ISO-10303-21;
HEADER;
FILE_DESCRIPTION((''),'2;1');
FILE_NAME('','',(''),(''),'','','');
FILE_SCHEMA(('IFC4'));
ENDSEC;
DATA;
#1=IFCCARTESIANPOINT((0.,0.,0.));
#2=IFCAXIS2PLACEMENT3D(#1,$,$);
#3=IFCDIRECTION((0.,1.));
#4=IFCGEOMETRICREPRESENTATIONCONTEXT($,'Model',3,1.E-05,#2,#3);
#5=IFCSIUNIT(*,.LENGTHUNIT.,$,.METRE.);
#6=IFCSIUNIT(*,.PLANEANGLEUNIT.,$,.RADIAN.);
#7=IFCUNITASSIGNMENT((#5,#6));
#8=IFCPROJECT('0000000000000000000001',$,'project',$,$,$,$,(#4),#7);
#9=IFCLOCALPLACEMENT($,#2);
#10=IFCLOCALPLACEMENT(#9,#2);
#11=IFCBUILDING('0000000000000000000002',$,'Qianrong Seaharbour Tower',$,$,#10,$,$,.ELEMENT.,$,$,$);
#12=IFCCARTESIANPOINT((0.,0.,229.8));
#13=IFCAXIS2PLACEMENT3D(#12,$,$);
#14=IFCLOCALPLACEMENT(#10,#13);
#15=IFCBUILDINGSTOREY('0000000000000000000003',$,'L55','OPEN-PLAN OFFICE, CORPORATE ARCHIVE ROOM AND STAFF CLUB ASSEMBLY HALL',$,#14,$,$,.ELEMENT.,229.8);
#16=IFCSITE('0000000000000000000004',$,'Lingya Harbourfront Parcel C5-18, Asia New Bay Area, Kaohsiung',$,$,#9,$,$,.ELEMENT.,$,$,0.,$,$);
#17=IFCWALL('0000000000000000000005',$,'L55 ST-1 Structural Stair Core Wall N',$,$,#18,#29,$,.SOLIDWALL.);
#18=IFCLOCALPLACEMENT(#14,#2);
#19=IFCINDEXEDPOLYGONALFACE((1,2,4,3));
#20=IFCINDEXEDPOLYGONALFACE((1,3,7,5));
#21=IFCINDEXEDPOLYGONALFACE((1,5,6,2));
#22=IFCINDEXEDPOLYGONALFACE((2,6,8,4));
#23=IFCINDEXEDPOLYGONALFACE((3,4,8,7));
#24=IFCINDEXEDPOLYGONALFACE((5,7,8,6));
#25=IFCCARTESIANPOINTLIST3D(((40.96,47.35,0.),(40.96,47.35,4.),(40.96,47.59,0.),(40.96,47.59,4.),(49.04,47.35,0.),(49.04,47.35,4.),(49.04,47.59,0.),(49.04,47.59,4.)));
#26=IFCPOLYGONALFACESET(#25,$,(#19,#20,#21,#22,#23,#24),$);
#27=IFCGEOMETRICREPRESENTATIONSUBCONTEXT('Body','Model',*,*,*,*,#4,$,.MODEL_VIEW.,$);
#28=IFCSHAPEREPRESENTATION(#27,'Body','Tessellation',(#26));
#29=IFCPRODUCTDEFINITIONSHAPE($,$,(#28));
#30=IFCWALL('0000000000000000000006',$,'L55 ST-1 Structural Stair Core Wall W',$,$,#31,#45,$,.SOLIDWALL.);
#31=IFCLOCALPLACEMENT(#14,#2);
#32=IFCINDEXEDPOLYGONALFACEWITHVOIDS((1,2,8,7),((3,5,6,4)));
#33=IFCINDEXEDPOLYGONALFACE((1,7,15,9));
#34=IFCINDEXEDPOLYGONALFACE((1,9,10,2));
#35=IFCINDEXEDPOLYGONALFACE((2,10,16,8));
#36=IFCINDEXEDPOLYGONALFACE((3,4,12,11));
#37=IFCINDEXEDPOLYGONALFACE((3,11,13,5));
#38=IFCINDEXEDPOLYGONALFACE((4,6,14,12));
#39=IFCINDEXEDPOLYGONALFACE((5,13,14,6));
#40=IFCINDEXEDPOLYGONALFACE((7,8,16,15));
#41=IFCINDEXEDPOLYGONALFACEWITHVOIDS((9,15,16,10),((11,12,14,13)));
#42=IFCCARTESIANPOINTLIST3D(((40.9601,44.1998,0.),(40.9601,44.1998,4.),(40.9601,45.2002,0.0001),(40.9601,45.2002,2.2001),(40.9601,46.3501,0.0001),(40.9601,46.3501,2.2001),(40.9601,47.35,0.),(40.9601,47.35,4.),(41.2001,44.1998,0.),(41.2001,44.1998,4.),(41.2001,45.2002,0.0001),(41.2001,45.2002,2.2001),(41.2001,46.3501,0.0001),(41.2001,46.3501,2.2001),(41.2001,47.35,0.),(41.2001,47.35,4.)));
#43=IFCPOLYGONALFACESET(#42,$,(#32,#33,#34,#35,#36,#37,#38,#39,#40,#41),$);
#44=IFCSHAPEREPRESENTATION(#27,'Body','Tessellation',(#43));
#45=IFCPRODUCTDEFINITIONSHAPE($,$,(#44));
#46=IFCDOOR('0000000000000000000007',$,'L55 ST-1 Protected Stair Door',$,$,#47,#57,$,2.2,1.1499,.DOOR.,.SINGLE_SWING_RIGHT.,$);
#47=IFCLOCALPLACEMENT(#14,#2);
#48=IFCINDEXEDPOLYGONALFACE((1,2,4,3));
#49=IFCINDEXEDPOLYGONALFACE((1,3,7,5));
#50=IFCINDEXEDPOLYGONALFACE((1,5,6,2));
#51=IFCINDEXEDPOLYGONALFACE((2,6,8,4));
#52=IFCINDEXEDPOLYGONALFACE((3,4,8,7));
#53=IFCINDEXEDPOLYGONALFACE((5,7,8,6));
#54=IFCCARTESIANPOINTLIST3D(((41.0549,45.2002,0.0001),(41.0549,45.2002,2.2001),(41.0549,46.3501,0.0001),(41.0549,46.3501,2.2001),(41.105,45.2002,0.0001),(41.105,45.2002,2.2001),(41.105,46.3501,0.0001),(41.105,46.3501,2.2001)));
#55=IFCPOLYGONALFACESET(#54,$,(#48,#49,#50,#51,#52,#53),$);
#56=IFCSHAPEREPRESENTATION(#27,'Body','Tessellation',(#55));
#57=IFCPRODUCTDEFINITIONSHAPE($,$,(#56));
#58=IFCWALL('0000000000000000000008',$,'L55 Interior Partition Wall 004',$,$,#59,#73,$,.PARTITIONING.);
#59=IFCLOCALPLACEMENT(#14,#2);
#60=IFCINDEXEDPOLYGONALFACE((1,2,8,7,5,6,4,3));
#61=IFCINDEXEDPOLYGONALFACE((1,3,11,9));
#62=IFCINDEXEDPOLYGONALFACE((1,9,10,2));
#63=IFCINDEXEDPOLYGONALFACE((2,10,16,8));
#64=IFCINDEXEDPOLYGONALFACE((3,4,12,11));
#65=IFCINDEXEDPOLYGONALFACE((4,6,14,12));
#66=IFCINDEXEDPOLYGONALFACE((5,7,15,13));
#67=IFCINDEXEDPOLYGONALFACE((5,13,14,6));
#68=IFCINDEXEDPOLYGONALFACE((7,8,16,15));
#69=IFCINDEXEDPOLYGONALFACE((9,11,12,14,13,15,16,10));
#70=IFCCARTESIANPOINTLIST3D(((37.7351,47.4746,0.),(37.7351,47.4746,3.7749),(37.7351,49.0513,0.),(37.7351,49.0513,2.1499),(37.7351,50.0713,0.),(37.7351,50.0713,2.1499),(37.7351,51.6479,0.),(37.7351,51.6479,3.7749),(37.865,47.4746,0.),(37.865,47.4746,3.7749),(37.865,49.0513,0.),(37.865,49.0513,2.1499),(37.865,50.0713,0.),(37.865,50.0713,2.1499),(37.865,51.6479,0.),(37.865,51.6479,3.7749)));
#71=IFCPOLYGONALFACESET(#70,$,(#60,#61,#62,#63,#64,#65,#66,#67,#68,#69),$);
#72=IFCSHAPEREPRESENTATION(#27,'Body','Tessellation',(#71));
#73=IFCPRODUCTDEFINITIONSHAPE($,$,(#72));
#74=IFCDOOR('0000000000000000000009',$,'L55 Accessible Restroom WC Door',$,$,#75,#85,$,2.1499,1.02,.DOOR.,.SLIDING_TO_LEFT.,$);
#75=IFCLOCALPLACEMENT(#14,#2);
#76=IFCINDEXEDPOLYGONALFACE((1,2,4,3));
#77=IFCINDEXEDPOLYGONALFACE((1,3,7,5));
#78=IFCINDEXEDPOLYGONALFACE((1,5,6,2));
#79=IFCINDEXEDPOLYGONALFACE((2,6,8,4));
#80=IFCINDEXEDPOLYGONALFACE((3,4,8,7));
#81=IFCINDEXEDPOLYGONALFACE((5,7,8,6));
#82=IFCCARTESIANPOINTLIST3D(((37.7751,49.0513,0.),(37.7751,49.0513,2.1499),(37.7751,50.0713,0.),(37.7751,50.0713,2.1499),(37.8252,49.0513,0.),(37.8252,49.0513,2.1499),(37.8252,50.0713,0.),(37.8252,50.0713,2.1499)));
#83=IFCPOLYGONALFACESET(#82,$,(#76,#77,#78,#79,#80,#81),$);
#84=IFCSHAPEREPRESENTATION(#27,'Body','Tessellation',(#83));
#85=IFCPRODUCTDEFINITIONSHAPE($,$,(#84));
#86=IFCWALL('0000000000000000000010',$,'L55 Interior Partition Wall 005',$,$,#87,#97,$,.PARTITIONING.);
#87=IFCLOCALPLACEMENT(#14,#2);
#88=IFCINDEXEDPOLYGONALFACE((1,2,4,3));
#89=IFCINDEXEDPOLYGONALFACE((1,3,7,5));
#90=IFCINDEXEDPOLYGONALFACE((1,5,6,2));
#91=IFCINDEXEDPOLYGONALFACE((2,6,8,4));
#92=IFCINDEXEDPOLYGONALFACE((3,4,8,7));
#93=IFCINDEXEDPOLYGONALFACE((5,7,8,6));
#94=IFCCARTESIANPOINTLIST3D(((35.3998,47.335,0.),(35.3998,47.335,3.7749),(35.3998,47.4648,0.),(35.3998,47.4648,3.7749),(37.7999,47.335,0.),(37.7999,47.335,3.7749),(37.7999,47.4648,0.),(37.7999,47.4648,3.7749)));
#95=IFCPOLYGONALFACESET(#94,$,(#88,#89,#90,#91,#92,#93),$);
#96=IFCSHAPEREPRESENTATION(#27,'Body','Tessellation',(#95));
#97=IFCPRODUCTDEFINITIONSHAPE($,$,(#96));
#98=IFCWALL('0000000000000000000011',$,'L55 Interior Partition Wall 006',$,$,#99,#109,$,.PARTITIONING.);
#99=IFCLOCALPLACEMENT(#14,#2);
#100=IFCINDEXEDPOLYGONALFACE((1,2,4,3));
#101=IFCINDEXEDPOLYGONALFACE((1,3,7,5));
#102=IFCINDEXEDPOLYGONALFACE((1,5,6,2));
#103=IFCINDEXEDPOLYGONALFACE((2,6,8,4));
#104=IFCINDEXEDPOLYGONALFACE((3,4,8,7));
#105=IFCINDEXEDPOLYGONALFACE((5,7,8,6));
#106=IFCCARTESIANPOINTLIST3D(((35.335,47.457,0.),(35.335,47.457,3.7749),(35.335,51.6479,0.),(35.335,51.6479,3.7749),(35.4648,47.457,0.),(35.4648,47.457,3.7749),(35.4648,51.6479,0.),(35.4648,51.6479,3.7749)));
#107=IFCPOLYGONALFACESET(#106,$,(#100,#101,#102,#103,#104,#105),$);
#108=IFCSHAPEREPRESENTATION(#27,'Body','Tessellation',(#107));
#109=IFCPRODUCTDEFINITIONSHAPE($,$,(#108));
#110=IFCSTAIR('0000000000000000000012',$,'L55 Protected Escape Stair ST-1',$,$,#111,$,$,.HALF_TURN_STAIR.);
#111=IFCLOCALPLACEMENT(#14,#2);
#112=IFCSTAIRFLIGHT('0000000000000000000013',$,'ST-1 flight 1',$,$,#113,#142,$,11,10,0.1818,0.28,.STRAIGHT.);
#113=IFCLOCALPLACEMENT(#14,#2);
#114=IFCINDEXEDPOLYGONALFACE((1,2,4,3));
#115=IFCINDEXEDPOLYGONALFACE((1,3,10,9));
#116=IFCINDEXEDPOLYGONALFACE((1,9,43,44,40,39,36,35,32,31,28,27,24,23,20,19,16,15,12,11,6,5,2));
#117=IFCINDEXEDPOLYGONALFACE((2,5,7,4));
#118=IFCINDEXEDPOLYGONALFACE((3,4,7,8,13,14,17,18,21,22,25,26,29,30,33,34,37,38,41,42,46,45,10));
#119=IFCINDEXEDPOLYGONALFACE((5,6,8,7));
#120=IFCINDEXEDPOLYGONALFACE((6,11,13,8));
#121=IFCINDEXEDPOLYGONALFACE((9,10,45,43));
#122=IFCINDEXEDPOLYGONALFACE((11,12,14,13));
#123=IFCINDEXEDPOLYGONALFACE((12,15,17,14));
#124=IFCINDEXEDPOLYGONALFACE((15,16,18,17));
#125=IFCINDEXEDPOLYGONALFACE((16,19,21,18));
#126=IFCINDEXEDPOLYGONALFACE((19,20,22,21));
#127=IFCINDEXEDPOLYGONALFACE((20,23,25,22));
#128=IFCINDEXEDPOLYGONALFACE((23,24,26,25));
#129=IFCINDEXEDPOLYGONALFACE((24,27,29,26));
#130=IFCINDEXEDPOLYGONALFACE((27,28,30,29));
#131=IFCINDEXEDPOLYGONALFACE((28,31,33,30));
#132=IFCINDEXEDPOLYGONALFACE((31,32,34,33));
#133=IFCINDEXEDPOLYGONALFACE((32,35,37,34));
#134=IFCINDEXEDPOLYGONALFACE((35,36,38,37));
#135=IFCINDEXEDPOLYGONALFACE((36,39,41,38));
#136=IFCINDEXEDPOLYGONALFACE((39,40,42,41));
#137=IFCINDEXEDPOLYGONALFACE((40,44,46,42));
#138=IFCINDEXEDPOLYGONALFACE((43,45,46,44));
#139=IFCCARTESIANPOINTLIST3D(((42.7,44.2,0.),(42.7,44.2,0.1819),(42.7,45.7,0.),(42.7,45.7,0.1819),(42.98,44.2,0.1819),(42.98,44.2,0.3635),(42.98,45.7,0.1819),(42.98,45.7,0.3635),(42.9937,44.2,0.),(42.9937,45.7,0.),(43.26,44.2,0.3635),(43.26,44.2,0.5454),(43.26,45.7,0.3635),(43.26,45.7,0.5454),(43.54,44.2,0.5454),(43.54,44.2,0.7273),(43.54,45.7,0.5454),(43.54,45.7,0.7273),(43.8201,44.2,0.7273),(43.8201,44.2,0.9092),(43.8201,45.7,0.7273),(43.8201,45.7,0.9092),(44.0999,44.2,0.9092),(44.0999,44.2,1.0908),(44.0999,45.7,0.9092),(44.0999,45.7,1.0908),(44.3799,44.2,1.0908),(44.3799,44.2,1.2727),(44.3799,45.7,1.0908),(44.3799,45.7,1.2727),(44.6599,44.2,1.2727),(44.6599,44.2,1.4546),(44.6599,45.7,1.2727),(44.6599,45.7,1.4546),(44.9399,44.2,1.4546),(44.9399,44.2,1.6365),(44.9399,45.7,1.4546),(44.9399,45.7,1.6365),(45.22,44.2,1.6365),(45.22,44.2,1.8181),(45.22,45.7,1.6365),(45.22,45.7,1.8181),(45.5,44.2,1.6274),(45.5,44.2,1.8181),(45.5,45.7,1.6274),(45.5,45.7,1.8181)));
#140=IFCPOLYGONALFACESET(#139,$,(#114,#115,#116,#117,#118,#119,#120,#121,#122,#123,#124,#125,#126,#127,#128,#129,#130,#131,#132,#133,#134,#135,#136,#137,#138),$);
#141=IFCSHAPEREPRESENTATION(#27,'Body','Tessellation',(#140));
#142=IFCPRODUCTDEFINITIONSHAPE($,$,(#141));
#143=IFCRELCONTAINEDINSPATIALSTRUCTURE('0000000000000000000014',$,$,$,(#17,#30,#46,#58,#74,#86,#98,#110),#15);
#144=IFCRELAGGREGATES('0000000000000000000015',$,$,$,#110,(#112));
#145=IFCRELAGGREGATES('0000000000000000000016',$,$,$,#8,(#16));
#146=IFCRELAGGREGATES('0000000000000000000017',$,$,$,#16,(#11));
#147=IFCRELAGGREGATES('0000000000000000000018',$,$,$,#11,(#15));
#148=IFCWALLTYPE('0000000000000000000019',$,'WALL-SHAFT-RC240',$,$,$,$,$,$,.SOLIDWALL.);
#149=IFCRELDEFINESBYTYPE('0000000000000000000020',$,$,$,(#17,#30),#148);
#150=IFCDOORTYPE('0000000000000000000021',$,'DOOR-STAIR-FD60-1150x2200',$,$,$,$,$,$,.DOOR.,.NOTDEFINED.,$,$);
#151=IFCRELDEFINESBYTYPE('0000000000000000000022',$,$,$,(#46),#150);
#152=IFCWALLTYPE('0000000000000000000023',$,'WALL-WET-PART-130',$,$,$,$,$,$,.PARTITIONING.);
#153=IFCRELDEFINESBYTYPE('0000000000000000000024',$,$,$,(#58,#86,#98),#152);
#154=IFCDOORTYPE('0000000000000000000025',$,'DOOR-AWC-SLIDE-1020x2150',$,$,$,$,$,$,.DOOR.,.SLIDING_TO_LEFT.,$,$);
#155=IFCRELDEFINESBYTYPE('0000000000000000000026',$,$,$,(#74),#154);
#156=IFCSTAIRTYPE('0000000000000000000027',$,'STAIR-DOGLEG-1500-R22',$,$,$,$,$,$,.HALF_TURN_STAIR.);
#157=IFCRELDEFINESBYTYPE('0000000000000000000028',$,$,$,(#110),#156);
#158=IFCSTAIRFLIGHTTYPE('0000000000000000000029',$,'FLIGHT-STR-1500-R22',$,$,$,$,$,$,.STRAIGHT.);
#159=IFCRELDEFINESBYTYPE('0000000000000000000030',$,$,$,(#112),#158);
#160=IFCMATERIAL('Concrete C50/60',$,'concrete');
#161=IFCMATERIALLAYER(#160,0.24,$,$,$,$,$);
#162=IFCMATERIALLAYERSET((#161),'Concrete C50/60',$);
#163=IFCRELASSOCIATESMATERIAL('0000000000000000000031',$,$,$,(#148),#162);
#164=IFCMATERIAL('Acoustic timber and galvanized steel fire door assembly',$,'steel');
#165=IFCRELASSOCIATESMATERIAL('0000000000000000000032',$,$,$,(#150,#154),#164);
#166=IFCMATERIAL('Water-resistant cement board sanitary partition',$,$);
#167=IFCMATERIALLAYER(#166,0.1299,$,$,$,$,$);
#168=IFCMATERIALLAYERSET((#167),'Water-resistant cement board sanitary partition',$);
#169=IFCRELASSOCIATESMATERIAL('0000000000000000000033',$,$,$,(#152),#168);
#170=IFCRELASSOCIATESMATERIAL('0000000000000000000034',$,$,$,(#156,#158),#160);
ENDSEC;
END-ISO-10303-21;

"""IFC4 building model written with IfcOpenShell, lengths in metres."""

from ifc_helpers import new_model, si_unit, direction, frame, frame_2d, origin, place, context, subcontext, project, spatial, polyline, rectangle, outline, extrude, material, layer, layer_set, type_object, element, fill, aggregate, save


model = new_model("IFC4")

# Units and contexts
model_context = context("Model", 3, precision=1e-05, world=origin(), true_north=direction((0.0, 1.0)))
body_context = subcontext(model_context, "Body", "Model", "MODEL_VIEW")
ifc_project = project(units=[si_unit("LENGTHUNIT", "METRE"), si_unit("PLANEANGLEUNIT", "RADIAN")], contexts=[model_context])

# Site, building, storey
site_placement = place(None, origin())
site = spatial("IfcSite", under=ifc_project, at=site_placement, Name="Lingya Harbourfront Parcel C5-18, Asia New Bay Area, Kaohsiung", CompositionType="ELEMENT", RefElevation=0.0)
building_placement = place(site_placement, origin())
building = spatial("IfcBuilding", under=site, at=building_placement, Name="Qianrong Seaharbour Tower", CompositionType="ELEMENT")
storey_placement = place(building_placement, frame((0.0, 0.0, 229.8)))
storey = spatial("IfcBuildingStorey", under=building, at=storey_placement, Name="L55", Description="OPEN-PLAN OFFICE, CORPORATE ARCHIVE ROOM AND STAFF CLUB ASSEMBLY HALL", CompositionType="ELEMENT", Elevation=229.8)

# Shared definitions
ifc_material_1 = material(Name="Acoustic timber and galvanized steel fire door assembly", Category="steel")

# Wall
ifc_material_2 = material(Name="Concrete C50/60", Category="concrete")
ifc_layer_1 = layer(ifc_material_2, 0.24)
ifc_layer_set_1 = layer_set([ifc_layer_1], Name="Concrete C50/60")
wall_type_1 = type_object("IfcWallType", Name="WALL-SHAFT-RC240", PredefinedType="SOLIDWALL", material=ifc_layer_set_1)
wall_1_placement = place(storey_placement, frame((40.96, 47.47, 0.0), z_axis=(0.0, 0.0, 1.0), x_axis=(1.0, 0.0, 0.0)))
element("IfcWall", 1, at=wall_1_placement, inside=storey, type_object=wall_type_1, Name="L55 ST-1 Structural Stair Core Wall N", PredefinedType="SOLIDWALL", context=body_context, shape_type="SweptSolid", body=[
    extrude(rectangle(XDim=8.0801, YDim=0.24, at=frame_2d((4.04, 0.0))), origin(), (0.0, 0.0, 1.0), 4.0),
])

# Walls, openings, doors
wall_2_placement = place(storey_placement, frame((41.0801, 47.3501, 0.0), z_axis=(0.0, 0.0, 1.0), x_axis=(0.0, -1.0, 0.0)))
wall_2 = element("IfcWall", 2, at=wall_2_placement, inside=storey, type_object=wall_type_1, Name="L55 ST-1 Structural Stair Core Wall W", PredefinedType="SOLIDWALL", context=body_context, shape_type="SweptSolid", body=[
    extrude(rectangle(XDim=3.1501, YDim=0.24, at=frame_2d((1.5752, 0.0))), origin(), (0.0, 0.0, 1.0), 4.0),
])
opening_1_placement = place(wall_2_placement, frame((1.0, 0.0, 0.0)))
opening_1 = element("IfcOpeningElement", 3, at=opening_1_placement, cuts=wall_2, PredefinedType="OPENING", context=body_context, shape_type="SweptSolid", body=[
    extrude(rectangle(XDim=1.1499, YDim=2.2, at=frame_2d((0.575, 1.1001))), frame((0.0, 0.1299, 0.0), z_axis=(0.0, -1.0, 0.0), x_axis=(1.0, 0.0, 0.0)), (0.0, 0.0, 1.0), 0.26),
])
door_type_1 = type_object("IfcDoorType", Name="DOOR-STAIR-FD60-1150x2200", OperationType="NOTDEFINED", PredefinedType="DOOR", material=ifc_material_1)
door_1_placement = place(opening_1_placement, origin())
door_1 = element("IfcDoor", 4, at=door_1_placement, inside=storey, type_object=door_type_1, Name="L55 ST-1 Protected Stair Door", OperationType="SINGLE_SWING_RIGHT", OverallHeight=2.2, OverallWidth=1.1499, PredefinedType="DOOR", context=body_context, shape_type="SweptSolid", body=[
    extrude(rectangle(XDim=1.1499, YDim=2.2, at=frame_2d((0.575, 1.1001))), frame((0.0, 0.0249, 0.0), z_axis=(0.0, -1.0, 0.0), x_axis=(1.0, 0.0, 0.0)), (0.0, 0.0, 1.0), 0.05),
])
fill(opening_1, door_1)
ifc_material_3 = material(Name="Water-resistant cement board sanitary partition")
ifc_layer_2 = layer(ifc_material_3, 0.1299)
ifc_layer_set_2 = layer_set([ifc_layer_2], Name="Water-resistant cement board sanitary partition")
wall_type_2 = type_object("IfcWallType", Name="WALL-WET-PART-130", PredefinedType="PARTITIONING", material=ifc_layer_set_2)
wall_3_placement = place(storey_placement, frame((37.8, 47.4746, 0.0), z_axis=(0.0, 0.0, 1.0), x_axis=(0.0, 1.0, 0.0)))
wall_3 = element("IfcWall", 5, at=wall_3_placement, inside=storey, type_object=wall_type_2, Name="L55 Interior Partition Wall 004", PredefinedType="PARTITIONING", context=body_context, shape_type="SweptSolid", body=[
    extrude(rectangle(XDim=4.1733, YDim=0.1299, at=frame_2d((2.0867, 0.0))), origin(), (0.0, 0.0, 1.0), 3.7749),
])
opening_2_placement = place(wall_3_placement, frame((1.5767, 0.0, 0.0)))
opening_2 = element("IfcOpeningElement", 6, at=opening_2_placement, cuts=wall_3, PredefinedType="OPENING", context=body_context, shape_type="SweptSolid", body=[
    extrude(rectangle(XDim=1.02, YDim=2.1499, at=frame_2d((0.51, 1.075))), frame((0.0, 0.075, 0.0), z_axis=(0.0, -1.0, 0.0), x_axis=(1.0, 0.0, 0.0)), (0.0, 0.0, 1.0), 0.1499),
])
door_type_2 = type_object("IfcDoorType", Name="DOOR-AWC-SLIDE-1020x2150", OperationType="SLIDING_TO_LEFT", PredefinedType="DOOR", material=ifc_material_1)
door_2_placement = place(opening_2_placement, origin())
door_2 = element("IfcDoor", 7, at=door_2_placement, inside=storey, type_object=door_type_2, Name="L55 Accessible Restroom WC Door", OperationType="SLIDING_TO_LEFT", OverallHeight=2.1499, OverallWidth=1.02, PredefinedType="DOOR", context=body_context, shape_type="SweptSolid", body=[
    extrude(rectangle(XDim=1.02, YDim=2.1499, at=frame_2d((0.51, 1.075))), frame((0.0, 0.0249, 0.0), z_axis=(0.0, -1.0, 0.0), x_axis=(1.0, 0.0, 0.0)), (0.0, 0.0, 1.0), 0.05),
])
fill(opening_2, door_2)

# Walls
wall_4_placement = place(storey_placement, frame((37.8, 47.3999, 0.0), z_axis=(0.0, 0.0, 1.0), x_axis=(-1.0, 0.0, 0.0)))
element("IfcWall", 8, at=wall_4_placement, inside=storey, type_object=wall_type_2, Name="L55 Interior Partition Wall 005", PredefinedType="PARTITIONING", context=body_context, shape_type="SweptSolid", body=[
    extrude(rectangle(XDim=2.4001, YDim=0.1299, at=frame_2d((1.2002, 0.0))), origin(), (0.0, 0.0, 1.0), 3.7749),
])
wall_5_placement = place(storey_placement, frame((35.3999, 47.457, 0.0), z_axis=(0.0, 0.0, 1.0), x_axis=(0.0, 1.0, 0.0)))
element("IfcWall", 9, at=wall_5_placement, inside=storey, type_object=wall_type_2, Name="L55 Interior Partition Wall 006", PredefinedType="PARTITIONING", context=body_context, shape_type="SweptSolid", body=[
    extrude(rectangle(XDim=4.1909, YDim=0.1299, at=frame_2d((2.0955, 0.0))), origin(), (0.0, 0.0, 1.0), 3.7749),
])

# Stair, stair flight
stair_type = type_object("IfcStairType", Name="STAIR-DOGLEG-1500-R22", PredefinedType="HALF_TURN_STAIR", material=ifc_material_2)
stair_placement = place(storey_placement, origin())
stair = element("IfcStair", 10, at=stair_placement, inside=storey, type_object=stair_type, Name="L55 Protected Escape Stair ST-1", PredefinedType="HALF_TURN_STAIR")
stair_flight_type = type_object("IfcStairFlightType", Name="FLIGHT-STR-1500-R22", PredefinedType="STRAIGHT", material=ifc_material_2)
stair_flight_placement = place(storey_placement, frame((42.7, 44.95, 0.0), z_axis=(0.0, 0.0, 1.0), x_axis=(1.0, 0.0, 0.0)))
stair_flight = element("IfcStairFlight", 11, at=stair_flight_placement, type_object=stair_flight_type, Name="ST-1 flight 1", NumberOfRisers=11, NumberOfTreads=10, PredefinedType="STRAIGHT", RiserHeight=0.1818, TreadLength=0.28, context=body_context, shape_type="SweptSolid", body=[
    extrude(outline(polyline([(0.0, 0.0), (0.0, 0.1819), (0.28, 0.1819), (0.28, 0.3635), (0.5601, 0.3635), (0.5601, 0.5454), (0.8401, 0.5454), (0.8401, 0.7273), (1.1201, 0.7273), (1.1201, 0.9092), (1.3999, 0.9092), (1.3999, 1.0908), (1.6799, 1.0908), (1.6799, 1.2727), (1.96, 1.2727), (1.96, 1.4546), (2.24, 1.4546), (2.24, 1.6365), (2.52, 1.6365), (2.52, 1.8181), (2.8, 1.8181), (2.8, 2.0), (2.8, 1.6274), (0.2937, 0.0), (0.0, 0.0)])), frame((0.0, 0.75, 0.0), z_axis=(0.0, -1.0, 0.0), x_axis=(1.0, 0.0, 0.0)), (0.0, 0.0, 1.0), 1.5),
])
aggregate(stair, [stair_flight])

save(model, "model.ifc")
